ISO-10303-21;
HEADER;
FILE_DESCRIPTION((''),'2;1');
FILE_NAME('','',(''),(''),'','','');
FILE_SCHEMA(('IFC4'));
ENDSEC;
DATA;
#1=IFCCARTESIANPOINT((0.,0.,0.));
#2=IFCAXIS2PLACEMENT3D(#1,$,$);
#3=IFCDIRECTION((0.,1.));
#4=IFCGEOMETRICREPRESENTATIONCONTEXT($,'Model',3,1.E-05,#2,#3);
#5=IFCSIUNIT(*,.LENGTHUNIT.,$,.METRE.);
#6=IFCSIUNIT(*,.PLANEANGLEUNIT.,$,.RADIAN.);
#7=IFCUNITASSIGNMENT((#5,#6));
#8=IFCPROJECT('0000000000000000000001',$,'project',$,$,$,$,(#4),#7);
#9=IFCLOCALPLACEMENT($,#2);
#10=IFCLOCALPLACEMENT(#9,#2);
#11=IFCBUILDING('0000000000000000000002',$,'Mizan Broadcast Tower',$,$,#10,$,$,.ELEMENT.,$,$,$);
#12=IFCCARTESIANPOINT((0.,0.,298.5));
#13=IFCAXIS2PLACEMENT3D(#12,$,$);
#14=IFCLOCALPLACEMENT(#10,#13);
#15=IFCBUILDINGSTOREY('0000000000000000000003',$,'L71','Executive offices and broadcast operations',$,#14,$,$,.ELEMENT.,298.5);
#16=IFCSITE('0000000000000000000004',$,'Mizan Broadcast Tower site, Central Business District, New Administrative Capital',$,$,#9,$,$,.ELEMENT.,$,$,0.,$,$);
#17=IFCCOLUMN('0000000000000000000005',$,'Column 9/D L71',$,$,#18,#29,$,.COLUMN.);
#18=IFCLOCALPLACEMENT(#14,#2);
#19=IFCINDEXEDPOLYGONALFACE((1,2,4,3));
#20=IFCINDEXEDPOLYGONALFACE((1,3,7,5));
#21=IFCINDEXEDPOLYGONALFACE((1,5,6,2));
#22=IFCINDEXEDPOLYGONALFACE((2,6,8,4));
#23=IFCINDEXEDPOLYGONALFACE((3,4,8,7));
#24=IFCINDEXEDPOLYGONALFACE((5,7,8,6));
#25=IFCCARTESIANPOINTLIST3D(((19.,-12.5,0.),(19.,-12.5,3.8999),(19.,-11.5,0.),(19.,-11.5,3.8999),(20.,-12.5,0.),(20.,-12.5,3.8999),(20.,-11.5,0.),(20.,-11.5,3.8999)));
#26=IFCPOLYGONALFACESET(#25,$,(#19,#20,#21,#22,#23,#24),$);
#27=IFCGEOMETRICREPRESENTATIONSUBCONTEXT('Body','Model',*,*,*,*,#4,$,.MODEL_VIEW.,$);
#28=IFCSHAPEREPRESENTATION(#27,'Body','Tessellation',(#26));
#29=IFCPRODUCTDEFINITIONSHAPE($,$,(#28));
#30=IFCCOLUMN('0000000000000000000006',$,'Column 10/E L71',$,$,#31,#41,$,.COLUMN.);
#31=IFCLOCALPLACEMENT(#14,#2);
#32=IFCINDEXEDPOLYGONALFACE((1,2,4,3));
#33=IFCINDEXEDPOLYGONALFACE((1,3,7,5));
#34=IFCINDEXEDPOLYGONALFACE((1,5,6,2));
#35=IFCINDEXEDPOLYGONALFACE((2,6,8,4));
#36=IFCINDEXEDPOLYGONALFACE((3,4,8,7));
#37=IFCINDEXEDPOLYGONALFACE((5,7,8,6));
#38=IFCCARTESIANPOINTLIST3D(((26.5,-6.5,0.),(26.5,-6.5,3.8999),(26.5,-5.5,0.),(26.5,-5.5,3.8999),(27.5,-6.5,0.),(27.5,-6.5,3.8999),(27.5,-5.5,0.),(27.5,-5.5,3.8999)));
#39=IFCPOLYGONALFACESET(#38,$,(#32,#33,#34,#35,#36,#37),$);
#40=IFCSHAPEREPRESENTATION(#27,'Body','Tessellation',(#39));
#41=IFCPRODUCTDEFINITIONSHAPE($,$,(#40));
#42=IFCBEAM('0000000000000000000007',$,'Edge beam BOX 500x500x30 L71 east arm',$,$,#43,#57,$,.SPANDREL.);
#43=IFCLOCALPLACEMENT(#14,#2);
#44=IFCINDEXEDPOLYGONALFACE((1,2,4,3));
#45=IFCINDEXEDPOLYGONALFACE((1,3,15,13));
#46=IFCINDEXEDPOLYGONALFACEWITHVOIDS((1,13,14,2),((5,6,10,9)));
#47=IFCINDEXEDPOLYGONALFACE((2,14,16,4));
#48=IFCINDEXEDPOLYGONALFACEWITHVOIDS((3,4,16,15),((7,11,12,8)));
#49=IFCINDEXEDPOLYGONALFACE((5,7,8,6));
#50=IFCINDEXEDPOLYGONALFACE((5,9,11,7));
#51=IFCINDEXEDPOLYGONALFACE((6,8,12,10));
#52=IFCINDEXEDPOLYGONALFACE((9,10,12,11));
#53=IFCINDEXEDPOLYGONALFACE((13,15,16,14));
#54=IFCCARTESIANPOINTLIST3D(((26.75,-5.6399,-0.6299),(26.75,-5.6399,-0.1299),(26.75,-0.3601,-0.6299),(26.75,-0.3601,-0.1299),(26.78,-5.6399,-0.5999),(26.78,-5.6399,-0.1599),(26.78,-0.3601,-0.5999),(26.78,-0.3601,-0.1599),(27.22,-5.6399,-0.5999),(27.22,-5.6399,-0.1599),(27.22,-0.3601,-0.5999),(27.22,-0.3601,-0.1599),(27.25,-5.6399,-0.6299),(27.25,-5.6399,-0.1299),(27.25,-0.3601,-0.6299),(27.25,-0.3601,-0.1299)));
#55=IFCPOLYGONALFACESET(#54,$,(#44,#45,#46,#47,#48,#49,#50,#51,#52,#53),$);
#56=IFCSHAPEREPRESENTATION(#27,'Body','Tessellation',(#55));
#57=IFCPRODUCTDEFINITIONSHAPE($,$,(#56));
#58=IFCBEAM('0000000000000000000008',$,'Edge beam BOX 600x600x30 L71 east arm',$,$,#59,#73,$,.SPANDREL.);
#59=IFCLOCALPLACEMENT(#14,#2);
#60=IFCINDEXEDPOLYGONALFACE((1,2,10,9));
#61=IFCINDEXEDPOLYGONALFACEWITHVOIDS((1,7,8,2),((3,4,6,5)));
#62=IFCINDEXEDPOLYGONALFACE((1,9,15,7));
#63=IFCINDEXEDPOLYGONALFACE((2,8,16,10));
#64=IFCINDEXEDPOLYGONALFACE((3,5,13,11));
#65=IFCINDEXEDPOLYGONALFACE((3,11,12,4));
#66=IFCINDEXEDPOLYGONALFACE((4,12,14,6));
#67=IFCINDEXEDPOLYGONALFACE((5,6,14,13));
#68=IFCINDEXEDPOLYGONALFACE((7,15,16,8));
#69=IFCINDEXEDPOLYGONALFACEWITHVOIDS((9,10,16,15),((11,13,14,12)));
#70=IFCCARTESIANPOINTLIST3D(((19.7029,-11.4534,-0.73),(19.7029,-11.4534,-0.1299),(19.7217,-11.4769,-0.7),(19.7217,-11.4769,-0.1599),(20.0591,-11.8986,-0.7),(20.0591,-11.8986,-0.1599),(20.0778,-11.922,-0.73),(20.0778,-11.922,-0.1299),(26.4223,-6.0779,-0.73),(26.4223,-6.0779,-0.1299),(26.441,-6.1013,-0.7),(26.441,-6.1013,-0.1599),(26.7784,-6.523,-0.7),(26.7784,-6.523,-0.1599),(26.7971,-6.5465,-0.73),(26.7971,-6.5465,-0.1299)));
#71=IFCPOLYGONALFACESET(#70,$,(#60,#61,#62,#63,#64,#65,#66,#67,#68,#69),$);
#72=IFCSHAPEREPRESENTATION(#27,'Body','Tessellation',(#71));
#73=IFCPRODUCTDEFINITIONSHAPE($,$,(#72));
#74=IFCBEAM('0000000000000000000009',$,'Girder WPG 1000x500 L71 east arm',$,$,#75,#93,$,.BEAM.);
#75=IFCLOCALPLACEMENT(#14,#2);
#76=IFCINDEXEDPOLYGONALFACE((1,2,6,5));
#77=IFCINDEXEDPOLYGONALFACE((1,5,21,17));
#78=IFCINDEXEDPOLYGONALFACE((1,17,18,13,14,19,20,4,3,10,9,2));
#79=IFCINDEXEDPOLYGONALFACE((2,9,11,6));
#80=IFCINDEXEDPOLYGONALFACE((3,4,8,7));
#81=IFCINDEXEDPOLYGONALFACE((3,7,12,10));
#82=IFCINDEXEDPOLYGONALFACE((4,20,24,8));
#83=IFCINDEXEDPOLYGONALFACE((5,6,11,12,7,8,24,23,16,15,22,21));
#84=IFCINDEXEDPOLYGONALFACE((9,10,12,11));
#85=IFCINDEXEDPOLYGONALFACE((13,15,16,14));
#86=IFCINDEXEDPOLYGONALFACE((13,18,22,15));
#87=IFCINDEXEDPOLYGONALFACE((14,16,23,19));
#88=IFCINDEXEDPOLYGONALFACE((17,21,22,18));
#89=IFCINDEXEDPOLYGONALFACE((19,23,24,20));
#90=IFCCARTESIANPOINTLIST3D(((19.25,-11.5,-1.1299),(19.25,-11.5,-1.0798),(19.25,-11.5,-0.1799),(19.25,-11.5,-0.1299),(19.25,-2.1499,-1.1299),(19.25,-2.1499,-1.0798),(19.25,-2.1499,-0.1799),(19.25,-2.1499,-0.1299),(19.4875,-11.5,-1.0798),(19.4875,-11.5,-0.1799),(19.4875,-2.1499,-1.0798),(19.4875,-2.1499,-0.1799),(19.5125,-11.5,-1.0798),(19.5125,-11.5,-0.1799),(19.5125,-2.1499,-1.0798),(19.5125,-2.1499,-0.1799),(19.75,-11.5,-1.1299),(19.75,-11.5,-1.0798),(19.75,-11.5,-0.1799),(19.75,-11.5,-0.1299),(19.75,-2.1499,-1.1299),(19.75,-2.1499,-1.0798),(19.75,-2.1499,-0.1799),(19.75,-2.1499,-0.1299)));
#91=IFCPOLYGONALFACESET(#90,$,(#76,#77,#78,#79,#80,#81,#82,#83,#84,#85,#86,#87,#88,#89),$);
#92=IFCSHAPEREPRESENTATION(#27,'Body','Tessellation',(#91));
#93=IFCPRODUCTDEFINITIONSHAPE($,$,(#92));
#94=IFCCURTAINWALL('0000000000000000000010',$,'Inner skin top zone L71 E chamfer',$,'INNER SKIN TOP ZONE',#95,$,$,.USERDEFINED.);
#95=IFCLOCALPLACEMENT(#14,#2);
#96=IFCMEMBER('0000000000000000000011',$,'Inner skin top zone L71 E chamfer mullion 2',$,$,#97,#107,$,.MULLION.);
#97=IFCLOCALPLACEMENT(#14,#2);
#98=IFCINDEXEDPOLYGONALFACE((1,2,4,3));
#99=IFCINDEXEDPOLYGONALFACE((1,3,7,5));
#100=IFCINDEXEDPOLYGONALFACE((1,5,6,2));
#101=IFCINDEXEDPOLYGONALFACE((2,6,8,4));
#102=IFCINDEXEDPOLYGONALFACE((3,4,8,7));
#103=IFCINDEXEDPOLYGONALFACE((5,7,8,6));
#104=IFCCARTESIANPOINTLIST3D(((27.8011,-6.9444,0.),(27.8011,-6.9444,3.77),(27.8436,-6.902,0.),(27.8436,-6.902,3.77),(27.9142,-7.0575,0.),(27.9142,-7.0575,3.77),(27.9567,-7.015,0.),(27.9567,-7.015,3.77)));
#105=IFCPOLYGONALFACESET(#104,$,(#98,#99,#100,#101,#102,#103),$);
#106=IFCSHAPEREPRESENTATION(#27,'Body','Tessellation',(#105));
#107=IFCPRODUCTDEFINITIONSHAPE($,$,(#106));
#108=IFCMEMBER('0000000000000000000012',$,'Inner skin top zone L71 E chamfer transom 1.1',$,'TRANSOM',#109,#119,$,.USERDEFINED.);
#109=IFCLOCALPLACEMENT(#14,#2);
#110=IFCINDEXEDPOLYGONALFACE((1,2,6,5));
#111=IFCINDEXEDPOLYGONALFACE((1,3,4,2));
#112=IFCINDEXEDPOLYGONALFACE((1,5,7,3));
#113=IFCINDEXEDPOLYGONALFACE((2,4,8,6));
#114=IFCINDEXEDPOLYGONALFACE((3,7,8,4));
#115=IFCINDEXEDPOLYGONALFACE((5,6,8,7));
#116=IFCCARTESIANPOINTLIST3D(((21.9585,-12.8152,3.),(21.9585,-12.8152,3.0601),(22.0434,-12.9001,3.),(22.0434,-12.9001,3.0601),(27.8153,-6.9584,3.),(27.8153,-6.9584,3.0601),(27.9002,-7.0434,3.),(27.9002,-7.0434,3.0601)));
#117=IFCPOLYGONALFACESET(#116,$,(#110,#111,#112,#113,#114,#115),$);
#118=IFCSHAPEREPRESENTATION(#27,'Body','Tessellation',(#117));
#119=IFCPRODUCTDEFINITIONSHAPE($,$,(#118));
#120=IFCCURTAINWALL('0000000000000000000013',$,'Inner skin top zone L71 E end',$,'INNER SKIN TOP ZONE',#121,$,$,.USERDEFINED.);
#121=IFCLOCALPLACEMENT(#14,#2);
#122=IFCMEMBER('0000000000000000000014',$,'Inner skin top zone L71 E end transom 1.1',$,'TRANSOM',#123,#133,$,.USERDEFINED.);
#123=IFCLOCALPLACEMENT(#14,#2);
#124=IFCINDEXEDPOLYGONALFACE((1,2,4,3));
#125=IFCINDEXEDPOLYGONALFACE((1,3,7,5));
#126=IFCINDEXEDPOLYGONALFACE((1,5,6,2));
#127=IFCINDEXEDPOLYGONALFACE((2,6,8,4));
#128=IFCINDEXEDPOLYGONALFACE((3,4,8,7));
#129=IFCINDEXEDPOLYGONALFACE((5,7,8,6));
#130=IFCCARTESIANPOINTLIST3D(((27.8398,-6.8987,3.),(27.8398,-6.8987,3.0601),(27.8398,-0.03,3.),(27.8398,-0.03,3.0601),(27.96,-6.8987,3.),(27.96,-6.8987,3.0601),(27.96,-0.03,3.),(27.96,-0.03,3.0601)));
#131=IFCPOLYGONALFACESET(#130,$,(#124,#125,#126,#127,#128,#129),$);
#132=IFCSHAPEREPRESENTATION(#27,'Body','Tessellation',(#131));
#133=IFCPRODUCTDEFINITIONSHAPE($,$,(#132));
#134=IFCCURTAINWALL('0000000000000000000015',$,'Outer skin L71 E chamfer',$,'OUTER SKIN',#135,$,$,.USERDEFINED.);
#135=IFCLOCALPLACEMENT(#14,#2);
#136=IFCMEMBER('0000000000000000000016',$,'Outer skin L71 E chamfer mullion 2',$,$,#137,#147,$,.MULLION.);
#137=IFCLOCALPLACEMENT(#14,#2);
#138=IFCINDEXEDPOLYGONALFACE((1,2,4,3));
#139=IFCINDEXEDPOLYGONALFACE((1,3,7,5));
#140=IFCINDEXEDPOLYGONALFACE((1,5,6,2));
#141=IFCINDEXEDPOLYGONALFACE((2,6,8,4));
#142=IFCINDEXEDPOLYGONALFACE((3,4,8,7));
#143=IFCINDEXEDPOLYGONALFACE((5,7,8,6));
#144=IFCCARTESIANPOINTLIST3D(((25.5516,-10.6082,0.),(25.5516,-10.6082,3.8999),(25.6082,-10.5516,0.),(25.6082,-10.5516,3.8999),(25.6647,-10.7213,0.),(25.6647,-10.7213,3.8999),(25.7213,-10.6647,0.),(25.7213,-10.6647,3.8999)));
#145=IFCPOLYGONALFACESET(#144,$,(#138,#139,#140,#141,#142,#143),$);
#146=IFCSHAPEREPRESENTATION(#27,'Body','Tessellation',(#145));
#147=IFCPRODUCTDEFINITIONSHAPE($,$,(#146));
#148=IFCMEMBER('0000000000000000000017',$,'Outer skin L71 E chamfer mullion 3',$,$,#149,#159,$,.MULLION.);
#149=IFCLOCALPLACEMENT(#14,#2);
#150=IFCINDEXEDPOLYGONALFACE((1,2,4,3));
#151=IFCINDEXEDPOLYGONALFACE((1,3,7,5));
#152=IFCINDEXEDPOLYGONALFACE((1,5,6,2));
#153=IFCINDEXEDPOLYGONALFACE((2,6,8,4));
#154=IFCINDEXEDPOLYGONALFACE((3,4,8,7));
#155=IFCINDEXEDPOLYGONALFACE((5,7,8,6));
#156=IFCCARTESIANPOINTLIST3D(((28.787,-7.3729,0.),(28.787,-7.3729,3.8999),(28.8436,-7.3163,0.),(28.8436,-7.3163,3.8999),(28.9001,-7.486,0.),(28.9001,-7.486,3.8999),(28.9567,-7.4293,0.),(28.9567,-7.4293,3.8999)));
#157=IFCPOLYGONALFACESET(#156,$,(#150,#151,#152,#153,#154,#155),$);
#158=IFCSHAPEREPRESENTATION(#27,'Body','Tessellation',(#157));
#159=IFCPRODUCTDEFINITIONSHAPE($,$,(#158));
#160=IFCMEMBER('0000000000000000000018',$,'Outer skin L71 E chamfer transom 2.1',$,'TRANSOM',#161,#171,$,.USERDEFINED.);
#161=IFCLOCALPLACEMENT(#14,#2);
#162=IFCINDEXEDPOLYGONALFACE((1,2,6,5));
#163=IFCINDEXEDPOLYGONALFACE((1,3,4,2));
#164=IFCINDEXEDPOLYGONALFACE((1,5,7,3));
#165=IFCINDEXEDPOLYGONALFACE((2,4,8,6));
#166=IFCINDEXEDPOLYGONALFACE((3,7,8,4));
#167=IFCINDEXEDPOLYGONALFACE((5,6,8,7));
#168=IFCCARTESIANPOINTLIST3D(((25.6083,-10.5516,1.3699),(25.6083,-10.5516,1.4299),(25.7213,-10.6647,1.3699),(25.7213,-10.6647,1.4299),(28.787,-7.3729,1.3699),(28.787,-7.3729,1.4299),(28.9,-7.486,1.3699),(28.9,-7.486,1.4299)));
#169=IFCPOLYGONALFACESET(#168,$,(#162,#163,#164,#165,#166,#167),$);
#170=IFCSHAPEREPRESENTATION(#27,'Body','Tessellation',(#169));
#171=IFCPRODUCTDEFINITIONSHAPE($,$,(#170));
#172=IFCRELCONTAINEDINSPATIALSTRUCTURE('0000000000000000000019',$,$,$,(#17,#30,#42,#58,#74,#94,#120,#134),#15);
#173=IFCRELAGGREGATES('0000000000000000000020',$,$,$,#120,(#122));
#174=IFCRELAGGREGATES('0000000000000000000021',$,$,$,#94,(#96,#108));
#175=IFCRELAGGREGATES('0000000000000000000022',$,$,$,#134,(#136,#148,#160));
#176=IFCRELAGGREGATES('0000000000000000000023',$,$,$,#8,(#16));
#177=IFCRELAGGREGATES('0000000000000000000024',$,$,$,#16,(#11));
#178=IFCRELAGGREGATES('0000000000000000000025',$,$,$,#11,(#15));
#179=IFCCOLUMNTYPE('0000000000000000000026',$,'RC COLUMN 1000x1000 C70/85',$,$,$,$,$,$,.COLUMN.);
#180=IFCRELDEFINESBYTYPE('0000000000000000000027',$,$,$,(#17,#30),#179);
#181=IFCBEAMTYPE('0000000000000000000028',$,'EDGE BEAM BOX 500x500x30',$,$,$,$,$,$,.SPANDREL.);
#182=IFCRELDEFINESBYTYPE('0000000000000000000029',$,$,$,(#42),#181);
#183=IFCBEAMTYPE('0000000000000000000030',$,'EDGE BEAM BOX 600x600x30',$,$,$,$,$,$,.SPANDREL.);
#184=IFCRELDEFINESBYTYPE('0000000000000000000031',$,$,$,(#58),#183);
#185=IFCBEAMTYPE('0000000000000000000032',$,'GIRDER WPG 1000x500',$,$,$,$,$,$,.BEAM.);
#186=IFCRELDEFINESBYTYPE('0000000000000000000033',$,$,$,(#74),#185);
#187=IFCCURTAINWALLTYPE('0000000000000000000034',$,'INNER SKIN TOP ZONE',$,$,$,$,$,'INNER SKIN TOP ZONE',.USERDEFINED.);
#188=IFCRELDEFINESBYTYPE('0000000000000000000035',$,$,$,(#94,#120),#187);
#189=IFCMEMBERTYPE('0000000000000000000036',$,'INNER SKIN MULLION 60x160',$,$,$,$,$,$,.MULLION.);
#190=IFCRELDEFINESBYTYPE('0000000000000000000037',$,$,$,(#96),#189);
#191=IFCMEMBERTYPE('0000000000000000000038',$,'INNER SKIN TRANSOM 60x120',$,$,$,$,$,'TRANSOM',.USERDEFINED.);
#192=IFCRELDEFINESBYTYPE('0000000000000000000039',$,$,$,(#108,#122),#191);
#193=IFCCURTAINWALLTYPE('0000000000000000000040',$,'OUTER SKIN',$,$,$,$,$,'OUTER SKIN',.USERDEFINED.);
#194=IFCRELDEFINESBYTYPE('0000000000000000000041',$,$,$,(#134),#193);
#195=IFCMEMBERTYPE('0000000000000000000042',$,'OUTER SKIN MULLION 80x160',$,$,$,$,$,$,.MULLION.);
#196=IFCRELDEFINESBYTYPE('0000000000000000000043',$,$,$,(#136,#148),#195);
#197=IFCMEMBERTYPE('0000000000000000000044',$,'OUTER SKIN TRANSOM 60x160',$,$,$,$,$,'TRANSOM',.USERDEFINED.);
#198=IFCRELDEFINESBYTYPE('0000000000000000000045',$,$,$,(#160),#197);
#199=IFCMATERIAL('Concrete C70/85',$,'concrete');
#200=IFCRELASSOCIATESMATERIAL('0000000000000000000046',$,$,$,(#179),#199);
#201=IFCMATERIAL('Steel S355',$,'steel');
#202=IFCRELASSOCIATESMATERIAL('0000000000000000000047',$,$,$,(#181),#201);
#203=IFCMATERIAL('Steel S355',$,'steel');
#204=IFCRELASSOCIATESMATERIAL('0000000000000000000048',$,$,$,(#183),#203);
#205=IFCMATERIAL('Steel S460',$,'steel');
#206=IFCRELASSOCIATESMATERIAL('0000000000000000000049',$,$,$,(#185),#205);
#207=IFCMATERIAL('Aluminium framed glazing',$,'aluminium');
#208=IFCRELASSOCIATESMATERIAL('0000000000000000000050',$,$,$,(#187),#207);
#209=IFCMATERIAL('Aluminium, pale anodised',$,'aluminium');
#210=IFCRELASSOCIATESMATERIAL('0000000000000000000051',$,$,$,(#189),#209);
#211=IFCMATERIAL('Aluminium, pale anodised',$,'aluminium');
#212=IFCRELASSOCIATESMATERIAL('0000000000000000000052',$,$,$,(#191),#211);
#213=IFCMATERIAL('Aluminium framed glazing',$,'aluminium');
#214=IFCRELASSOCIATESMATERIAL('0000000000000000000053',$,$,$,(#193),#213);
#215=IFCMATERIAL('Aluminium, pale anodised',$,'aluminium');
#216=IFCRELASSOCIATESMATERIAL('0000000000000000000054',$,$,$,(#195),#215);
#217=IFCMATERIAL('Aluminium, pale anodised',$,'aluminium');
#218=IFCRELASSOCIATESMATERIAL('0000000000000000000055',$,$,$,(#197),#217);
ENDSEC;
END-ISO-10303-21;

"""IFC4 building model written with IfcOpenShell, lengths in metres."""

from ifc_helpers import new_model, si_unit, direction, frame, origin, origin_2d, place, context, subcontext, project, spatial, rectangle, hollow_rectangle, i_section, extrude, material, material_profile, profile_set, type_object, element, aggregate, save


model = new_model("IFC4")

# Units and contexts
model_context = context("Model", 3, precision=1e-05, world=origin(), true_north=direction((0.0, 1.0)))
body_context = subcontext(model_context, "Body", "Model", "MODEL_VIEW")
ifc_project = project(units=[si_unit("LENGTHUNIT", "METRE"), si_unit("PLANEANGLEUNIT", "RADIAN")], contexts=[model_context])

# Site, building, storey
site_placement = place(None, origin())
site = spatial("IfcSite", under=ifc_project, at=site_placement, Name="Mizan Broadcast Tower site, Central Business District, New Administrative Capital", CompositionType="ELEMENT", RefElevation=0.0)
building_placement = place(site_placement, origin())
building = spatial("IfcBuilding", under=site, at=building_placement, Name="Mizan Broadcast Tower", CompositionType="ELEMENT")
storey_placement = place(building_placement, frame((0.0, 0.0, 298.5)))
storey = spatial("IfcBuildingStorey", under=building, at=storey_placement, Name="L71", Description="Executive offices and broadcast operations", CompositionType="ELEMENT", Elevation=298.5)

# Columns
ifc_material_1 = material(Name="Concrete C70/85", Category="concrete")
ifc_material_profile_1 = material_profile(ifc_material_1, rectangle(XDim=1.0, YDim=1.0, at=origin_2d()), Name="RC 1000x1000")
ifc_profile_set_1 = profile_set([ifc_material_profile_1], Name="Concrete C70/85")
column_type = type_object("IfcColumnType", Name="RC COLUMN 1000x1000 C70/85", PredefinedType="COLUMN", material=ifc_profile_set_1)
for number, where, z_axis, x_axis, name in (
    (1, (19.5, -12.0, 0.0), (0.0, 0.0, 1.0), (1.0, 0.0, 0.0), "Column 9/D L71"),
    (2, (27.0, -6.0, 0.0), (0.0, 0.0, 1.0), (1.0, 0.0, 0.0), "Column 10/E L71"),
):
    element("IfcColumn", number, at=place(storey_placement, frame(where, z_axis=z_axis, x_axis=x_axis)), inside=storey, type_object=column_type, Name=name, PredefinedType="COLUMN", context=body_context, shape_type="SweptSolid", body=[
        extrude(rectangle(XDim=1.0, YDim=1.0, at=origin_2d()), origin(), (0.0, 0.0, 1.0), 3.8999),
    ])

# Beams
ifc_material_2 = material(Name="Steel S355", Category="steel")
ifc_material_profile_2 = material_profile(ifc_material_2, hollow_rectangle(XDim=0.5, YDim=0.5, WallThickness=0.03, at=origin_2d()), Name="BOX 500x500x30")
ifc_profile_set_2 = profile_set([ifc_material_profile_2], Name="Steel S355")
beam_type_1 = type_object("IfcBeamType", Name="EDGE BEAM BOX 500x500x30", PredefinedType="SPANDREL", material=ifc_profile_set_2)
beam_1_placement = place(storey_placement, frame((27.0, -5.6399, -0.3799), z_axis=(0.0, 1.0, 0.0), x_axis=(-1.0, 0.0, 0.0)))
element("IfcBeam", 3, at=beam_1_placement, inside=storey, type_object=beam_type_1, Name="Edge beam BOX 500x500x30 L71 east arm", PredefinedType="SPANDREL", context=body_context, shape_type="SweptSolid", body=[
    extrude(hollow_rectangle(XDim=0.5, YDim=0.5, WallThickness=0.03, at=origin_2d()), origin(), (0.0, 0.0, 1.0), 5.2798),
])
ifc_material_3 = material(Name="Steel S355", Category="steel")
ifc_material_profile_3 = material_profile(ifc_material_3, hollow_rectangle(XDim=0.6001, YDim=0.6001, WallThickness=0.03, at=origin_2d()), Name="BOX 600x600x30")
ifc_profile_set_3 = profile_set([ifc_material_profile_3], Name="Steel S355")
beam_type_2 = type_object("IfcBeamType", Name="EDGE BEAM BOX 600x600x30", PredefinedType="SPANDREL", material=ifc_profile_set_3)
beam_2_placement = place(storey_placement, frame((19.8904, -11.6877, -0.4299), z_axis=(0.780863, 0.624702, 0.0), x_axis=(-0.624702, 0.780863, 0.0)))
element("IfcBeam", 4, at=beam_2_placement, inside=storey, type_object=beam_type_2, Name="Edge beam BOX 600x600x30 L71 east arm", PredefinedType="SPANDREL", context=body_context, shape_type="SweptSolid", body=[
    extrude(hollow_rectangle(XDim=0.6001, YDim=0.6001, WallThickness=0.03, at=origin_2d()), origin(), (0.0, 0.0, 1.0), 8.605),
])
ifc_material_4 = material(Name="Steel S460", Category="steel")
ifc_material_profile_4 = material_profile(ifc_material_4, i_section(OverallWidth=0.5, OverallDepth=1.0, WebThickness=0.0249, FlangeThickness=0.05, at=origin_2d()), Name="WPG 1000x500")
ifc_profile_set_4 = profile_set([ifc_material_profile_4], Name="Steel S460")
beam_type_3 = type_object("IfcBeamType", Name="GIRDER WPG 1000x500", PredefinedType="BEAM", material=ifc_profile_set_4)
beam_3_placement = place(storey_placement, frame((19.5, -11.5, -0.6299), z_axis=(0.0, 1.0, 0.0), x_axis=(-1.0, 0.0, 0.0)))
element("IfcBeam", 5, at=beam_3_placement, inside=storey, type_object=beam_type_3, Name="Girder WPG 1000x500 L71 east arm", PredefinedType="BEAM", context=body_context, shape_type="SweptSolid", body=[
    extrude(i_section(OverallWidth=0.5, OverallDepth=1.0, WebThickness=0.0249, FlangeThickness=0.05, at=origin_2d()), origin(), (0.0, 0.0, 1.0), 9.3501),
])

# Curtain wall, members
ifc_material_5 = material(Name="Aluminium framed glazing", Category="aluminium")
curtain_wall_type_1 = type_object("IfcCurtainWallType", Name="INNER SKIN TOP ZONE", ElementType="INNER SKIN TOP ZONE", PredefinedType="USERDEFINED", material=ifc_material_5)
curtain_wall_1_placement = place(storey_placement, origin())
curtain_wall_1 = element("IfcCurtainWall", 6, at=curtain_wall_1_placement, inside=storey, type_object=curtain_wall_type_1, Name="Inner skin top zone L71 E chamfer", ObjectType="INNER SKIN TOP ZONE", PredefinedType="USERDEFINED")
ifc_material_6 = material(Name="Aluminium, pale anodised", Category="aluminium")
ifc_material_profile_5 = material_profile(ifc_material_6, rectangle(XDim=0.1599, YDim=0.0601, at=origin_2d()), Name="MULLION 160x60")
ifc_profile_set_5 = profile_set([ifc_material_profile_5], Name="Aluminium, pale anodised")
member_type_1 = type_object("IfcMemberType", Name="INNER SKIN MULLION 60x160", PredefinedType="MULLION", material=ifc_profile_set_5)
member_1_placement = place(storey_placement, frame((27.8789, -6.9797, 0.0), z_axis=(0.0, 0.0, 1.0), x_axis=(-0.707107, 0.707107, 0.0)))
member_1 = element("IfcMember", 7, at=member_1_placement, type_object=member_type_1, Name="Inner skin top zone L71 E chamfer mullion 2", PredefinedType="MULLION", context=body_context, shape_type="SweptSolid", body=[
    extrude(rectangle(XDim=0.1599, YDim=0.0601, at=origin_2d()), origin(), (0.0, 0.0, 1.0), 3.77),
])
ifc_material_7 = material(Name="Aluminium, pale anodised", Category="aluminium")
ifc_material_profile_6 = material_profile(ifc_material_7, rectangle(XDim=0.1201, YDim=0.0601, at=origin_2d()), Name="TRANSOM 120x60")
ifc_profile_set_6 = profile_set([ifc_material_profile_6], Name="Aluminium, pale anodised")
member_type_2 = type_object("IfcMemberType", Name="INNER SKIN TRANSOM 60x120", ElementType="TRANSOM", PredefinedType="USERDEFINED", material=ifc_profile_set_6)
member_2_placement = place(storey_placement, frame((22.001, -12.8577, 3.03), z_axis=(0.707107, 0.707107, 0.0), x_axis=(-0.707107, 0.707107, 0.0)))
member_2 = element("IfcMember", 8, at=member_2_placement, type_object=member_type_2, Name="Inner skin top zone L71 E chamfer transom 1.1", ObjectType="TRANSOM", PredefinedType="USERDEFINED", context=body_context, shape_type="SweptSolid", body=[
    extrude(rectangle(XDim=0.1201, YDim=0.0601, at=origin_2d()), origin(), (0.0, 0.0, 1.0), 8.2827),
])

# Curtain wall, member
curtain_wall_2_placement = place(storey_placement, origin())
curtain_wall_2 = element("IfcCurtainWall", 9, at=curtain_wall_2_placement, inside=storey, type_object=curtain_wall_type_1, Name="Inner skin top zone L71 E end", ObjectType="INNER SKIN TOP ZONE", PredefinedType="USERDEFINED")
member_3_placement = place(storey_placement, frame((27.8999, -6.8987, 3.03), z_axis=(0.0, 1.0, 0.0), x_axis=(-1.0, 0.0, 0.0)))
member_3 = element("IfcMember", 10, at=member_3_placement, type_object=member_type_2, Name="Inner skin top zone L71 E end transom 1.1", ObjectType="TRANSOM", PredefinedType="USERDEFINED", context=body_context, shape_type="SweptSolid", body=[
    extrude(rectangle(XDim=0.1201, YDim=0.0601, at=origin_2d()), origin(), (0.0, 0.0, 1.0), 6.8687),
])
aggregate(curtain_wall_2, [member_3])

# Curtain wall, members
ifc_material_8 = material(Name="Aluminium framed glazing", Category="aluminium")
curtain_wall_type_2 = type_object("IfcCurtainWallType", Name="OUTER SKIN", ElementType="OUTER SKIN", PredefinedType="USERDEFINED", material=ifc_material_8)
curtain_wall_3_placement = place(storey_placement, origin())
curtain_wall_3 = element("IfcCurtainWall", 11, at=curtain_wall_3_placement, inside=storey, type_object=curtain_wall_type_2, Name="Outer skin L71 E chamfer", ObjectType="OUTER SKIN", PredefinedType="USERDEFINED")
ifc_material_9 = material(Name="Aluminium, pale anodised", Category="aluminium")
ifc_material_profile_7 = material_profile(ifc_material_9, rectangle(XDim=0.1599, YDim=0.0801, at=origin_2d()), Name="MULLION 160x80")
ifc_profile_set_7 = profile_set([ifc_material_profile_7], Name="Aluminium, pale anodised")
member_type_3 = type_object("IfcMemberType", Name="OUTER SKIN MULLION 80x160", PredefinedType="MULLION", material=ifc_profile_set_7)
member_4_placement = place(storey_placement, frame((25.6365, -10.6365, 0.0), z_axis=(0.0, 0.0, 1.0), x_axis=(-0.707107, 0.707107, 0.0)))
member_4 = element("IfcMember", 12, at=member_4_placement, type_object=member_type_3, Name="Outer skin L71 E chamfer mullion 2", PredefinedType="MULLION", context=body_context, shape_type="SweptSolid", body=[
    extrude(rectangle(XDim=0.1599, YDim=0.0801, at=origin_2d()), origin(), (0.0, 0.0, 1.0), 3.8999),
])
member_5_placement = place(storey_placement, frame((28.8718, -7.4011, 0.0), z_axis=(0.0, 0.0, 1.0), x_axis=(-0.707107, 0.707107, 0.0)))
member_5 = element("IfcMember", 13, at=member_5_placement, type_object=member_type_3, Name="Outer skin L71 E chamfer mullion 3", PredefinedType="MULLION", context=body_context, shape_type="SweptSolid", body=[
    extrude(rectangle(XDim=0.1599, YDim=0.0801, at=origin_2d()), origin(), (0.0, 0.0, 1.0), 3.8999),
])
ifc_material_10 = material(Name="Aluminium, pale anodised", Category="aluminium")
ifc_material_profile_8 = material_profile(ifc_material_10, rectangle(XDim=0.1599, YDim=0.0601, at=origin_2d()), Name="TRANSOM 160x60")
ifc_profile_set_8 = profile_set([ifc_material_profile_8], Name="Aluminium, pale anodised")
member_type_4 = type_object("IfcMemberType", Name="OUTER SKIN TRANSOM 60x160", ElementType="TRANSOM", PredefinedType="USERDEFINED", material=ifc_profile_set_8)
member_6_placement = place(storey_placement, frame((25.6648, -10.6082, 1.3999), z_axis=(0.707107, 0.707107, 0.0), x_axis=(-0.707107, 0.707107, 0.0)))
member_6 = element("IfcMember", 14, at=member_6_placement, type_object=member_type_4, Name="Outer skin L71 E chamfer transom 2.1", ObjectType="TRANSOM", PredefinedType="USERDEFINED", context=body_context, shape_type="SweptSolid", body=[
    extrude(rectangle(XDim=0.1599, YDim=0.0601, at=origin_2d()), origin(), (0.0, 0.0, 1.0), 4.4954),
])

aggregate(curtain_wall_1, [member_1, member_2])
aggregate(curtain_wall_3, [member_4, member_5, member_6])

save(model, "model.ifc")
